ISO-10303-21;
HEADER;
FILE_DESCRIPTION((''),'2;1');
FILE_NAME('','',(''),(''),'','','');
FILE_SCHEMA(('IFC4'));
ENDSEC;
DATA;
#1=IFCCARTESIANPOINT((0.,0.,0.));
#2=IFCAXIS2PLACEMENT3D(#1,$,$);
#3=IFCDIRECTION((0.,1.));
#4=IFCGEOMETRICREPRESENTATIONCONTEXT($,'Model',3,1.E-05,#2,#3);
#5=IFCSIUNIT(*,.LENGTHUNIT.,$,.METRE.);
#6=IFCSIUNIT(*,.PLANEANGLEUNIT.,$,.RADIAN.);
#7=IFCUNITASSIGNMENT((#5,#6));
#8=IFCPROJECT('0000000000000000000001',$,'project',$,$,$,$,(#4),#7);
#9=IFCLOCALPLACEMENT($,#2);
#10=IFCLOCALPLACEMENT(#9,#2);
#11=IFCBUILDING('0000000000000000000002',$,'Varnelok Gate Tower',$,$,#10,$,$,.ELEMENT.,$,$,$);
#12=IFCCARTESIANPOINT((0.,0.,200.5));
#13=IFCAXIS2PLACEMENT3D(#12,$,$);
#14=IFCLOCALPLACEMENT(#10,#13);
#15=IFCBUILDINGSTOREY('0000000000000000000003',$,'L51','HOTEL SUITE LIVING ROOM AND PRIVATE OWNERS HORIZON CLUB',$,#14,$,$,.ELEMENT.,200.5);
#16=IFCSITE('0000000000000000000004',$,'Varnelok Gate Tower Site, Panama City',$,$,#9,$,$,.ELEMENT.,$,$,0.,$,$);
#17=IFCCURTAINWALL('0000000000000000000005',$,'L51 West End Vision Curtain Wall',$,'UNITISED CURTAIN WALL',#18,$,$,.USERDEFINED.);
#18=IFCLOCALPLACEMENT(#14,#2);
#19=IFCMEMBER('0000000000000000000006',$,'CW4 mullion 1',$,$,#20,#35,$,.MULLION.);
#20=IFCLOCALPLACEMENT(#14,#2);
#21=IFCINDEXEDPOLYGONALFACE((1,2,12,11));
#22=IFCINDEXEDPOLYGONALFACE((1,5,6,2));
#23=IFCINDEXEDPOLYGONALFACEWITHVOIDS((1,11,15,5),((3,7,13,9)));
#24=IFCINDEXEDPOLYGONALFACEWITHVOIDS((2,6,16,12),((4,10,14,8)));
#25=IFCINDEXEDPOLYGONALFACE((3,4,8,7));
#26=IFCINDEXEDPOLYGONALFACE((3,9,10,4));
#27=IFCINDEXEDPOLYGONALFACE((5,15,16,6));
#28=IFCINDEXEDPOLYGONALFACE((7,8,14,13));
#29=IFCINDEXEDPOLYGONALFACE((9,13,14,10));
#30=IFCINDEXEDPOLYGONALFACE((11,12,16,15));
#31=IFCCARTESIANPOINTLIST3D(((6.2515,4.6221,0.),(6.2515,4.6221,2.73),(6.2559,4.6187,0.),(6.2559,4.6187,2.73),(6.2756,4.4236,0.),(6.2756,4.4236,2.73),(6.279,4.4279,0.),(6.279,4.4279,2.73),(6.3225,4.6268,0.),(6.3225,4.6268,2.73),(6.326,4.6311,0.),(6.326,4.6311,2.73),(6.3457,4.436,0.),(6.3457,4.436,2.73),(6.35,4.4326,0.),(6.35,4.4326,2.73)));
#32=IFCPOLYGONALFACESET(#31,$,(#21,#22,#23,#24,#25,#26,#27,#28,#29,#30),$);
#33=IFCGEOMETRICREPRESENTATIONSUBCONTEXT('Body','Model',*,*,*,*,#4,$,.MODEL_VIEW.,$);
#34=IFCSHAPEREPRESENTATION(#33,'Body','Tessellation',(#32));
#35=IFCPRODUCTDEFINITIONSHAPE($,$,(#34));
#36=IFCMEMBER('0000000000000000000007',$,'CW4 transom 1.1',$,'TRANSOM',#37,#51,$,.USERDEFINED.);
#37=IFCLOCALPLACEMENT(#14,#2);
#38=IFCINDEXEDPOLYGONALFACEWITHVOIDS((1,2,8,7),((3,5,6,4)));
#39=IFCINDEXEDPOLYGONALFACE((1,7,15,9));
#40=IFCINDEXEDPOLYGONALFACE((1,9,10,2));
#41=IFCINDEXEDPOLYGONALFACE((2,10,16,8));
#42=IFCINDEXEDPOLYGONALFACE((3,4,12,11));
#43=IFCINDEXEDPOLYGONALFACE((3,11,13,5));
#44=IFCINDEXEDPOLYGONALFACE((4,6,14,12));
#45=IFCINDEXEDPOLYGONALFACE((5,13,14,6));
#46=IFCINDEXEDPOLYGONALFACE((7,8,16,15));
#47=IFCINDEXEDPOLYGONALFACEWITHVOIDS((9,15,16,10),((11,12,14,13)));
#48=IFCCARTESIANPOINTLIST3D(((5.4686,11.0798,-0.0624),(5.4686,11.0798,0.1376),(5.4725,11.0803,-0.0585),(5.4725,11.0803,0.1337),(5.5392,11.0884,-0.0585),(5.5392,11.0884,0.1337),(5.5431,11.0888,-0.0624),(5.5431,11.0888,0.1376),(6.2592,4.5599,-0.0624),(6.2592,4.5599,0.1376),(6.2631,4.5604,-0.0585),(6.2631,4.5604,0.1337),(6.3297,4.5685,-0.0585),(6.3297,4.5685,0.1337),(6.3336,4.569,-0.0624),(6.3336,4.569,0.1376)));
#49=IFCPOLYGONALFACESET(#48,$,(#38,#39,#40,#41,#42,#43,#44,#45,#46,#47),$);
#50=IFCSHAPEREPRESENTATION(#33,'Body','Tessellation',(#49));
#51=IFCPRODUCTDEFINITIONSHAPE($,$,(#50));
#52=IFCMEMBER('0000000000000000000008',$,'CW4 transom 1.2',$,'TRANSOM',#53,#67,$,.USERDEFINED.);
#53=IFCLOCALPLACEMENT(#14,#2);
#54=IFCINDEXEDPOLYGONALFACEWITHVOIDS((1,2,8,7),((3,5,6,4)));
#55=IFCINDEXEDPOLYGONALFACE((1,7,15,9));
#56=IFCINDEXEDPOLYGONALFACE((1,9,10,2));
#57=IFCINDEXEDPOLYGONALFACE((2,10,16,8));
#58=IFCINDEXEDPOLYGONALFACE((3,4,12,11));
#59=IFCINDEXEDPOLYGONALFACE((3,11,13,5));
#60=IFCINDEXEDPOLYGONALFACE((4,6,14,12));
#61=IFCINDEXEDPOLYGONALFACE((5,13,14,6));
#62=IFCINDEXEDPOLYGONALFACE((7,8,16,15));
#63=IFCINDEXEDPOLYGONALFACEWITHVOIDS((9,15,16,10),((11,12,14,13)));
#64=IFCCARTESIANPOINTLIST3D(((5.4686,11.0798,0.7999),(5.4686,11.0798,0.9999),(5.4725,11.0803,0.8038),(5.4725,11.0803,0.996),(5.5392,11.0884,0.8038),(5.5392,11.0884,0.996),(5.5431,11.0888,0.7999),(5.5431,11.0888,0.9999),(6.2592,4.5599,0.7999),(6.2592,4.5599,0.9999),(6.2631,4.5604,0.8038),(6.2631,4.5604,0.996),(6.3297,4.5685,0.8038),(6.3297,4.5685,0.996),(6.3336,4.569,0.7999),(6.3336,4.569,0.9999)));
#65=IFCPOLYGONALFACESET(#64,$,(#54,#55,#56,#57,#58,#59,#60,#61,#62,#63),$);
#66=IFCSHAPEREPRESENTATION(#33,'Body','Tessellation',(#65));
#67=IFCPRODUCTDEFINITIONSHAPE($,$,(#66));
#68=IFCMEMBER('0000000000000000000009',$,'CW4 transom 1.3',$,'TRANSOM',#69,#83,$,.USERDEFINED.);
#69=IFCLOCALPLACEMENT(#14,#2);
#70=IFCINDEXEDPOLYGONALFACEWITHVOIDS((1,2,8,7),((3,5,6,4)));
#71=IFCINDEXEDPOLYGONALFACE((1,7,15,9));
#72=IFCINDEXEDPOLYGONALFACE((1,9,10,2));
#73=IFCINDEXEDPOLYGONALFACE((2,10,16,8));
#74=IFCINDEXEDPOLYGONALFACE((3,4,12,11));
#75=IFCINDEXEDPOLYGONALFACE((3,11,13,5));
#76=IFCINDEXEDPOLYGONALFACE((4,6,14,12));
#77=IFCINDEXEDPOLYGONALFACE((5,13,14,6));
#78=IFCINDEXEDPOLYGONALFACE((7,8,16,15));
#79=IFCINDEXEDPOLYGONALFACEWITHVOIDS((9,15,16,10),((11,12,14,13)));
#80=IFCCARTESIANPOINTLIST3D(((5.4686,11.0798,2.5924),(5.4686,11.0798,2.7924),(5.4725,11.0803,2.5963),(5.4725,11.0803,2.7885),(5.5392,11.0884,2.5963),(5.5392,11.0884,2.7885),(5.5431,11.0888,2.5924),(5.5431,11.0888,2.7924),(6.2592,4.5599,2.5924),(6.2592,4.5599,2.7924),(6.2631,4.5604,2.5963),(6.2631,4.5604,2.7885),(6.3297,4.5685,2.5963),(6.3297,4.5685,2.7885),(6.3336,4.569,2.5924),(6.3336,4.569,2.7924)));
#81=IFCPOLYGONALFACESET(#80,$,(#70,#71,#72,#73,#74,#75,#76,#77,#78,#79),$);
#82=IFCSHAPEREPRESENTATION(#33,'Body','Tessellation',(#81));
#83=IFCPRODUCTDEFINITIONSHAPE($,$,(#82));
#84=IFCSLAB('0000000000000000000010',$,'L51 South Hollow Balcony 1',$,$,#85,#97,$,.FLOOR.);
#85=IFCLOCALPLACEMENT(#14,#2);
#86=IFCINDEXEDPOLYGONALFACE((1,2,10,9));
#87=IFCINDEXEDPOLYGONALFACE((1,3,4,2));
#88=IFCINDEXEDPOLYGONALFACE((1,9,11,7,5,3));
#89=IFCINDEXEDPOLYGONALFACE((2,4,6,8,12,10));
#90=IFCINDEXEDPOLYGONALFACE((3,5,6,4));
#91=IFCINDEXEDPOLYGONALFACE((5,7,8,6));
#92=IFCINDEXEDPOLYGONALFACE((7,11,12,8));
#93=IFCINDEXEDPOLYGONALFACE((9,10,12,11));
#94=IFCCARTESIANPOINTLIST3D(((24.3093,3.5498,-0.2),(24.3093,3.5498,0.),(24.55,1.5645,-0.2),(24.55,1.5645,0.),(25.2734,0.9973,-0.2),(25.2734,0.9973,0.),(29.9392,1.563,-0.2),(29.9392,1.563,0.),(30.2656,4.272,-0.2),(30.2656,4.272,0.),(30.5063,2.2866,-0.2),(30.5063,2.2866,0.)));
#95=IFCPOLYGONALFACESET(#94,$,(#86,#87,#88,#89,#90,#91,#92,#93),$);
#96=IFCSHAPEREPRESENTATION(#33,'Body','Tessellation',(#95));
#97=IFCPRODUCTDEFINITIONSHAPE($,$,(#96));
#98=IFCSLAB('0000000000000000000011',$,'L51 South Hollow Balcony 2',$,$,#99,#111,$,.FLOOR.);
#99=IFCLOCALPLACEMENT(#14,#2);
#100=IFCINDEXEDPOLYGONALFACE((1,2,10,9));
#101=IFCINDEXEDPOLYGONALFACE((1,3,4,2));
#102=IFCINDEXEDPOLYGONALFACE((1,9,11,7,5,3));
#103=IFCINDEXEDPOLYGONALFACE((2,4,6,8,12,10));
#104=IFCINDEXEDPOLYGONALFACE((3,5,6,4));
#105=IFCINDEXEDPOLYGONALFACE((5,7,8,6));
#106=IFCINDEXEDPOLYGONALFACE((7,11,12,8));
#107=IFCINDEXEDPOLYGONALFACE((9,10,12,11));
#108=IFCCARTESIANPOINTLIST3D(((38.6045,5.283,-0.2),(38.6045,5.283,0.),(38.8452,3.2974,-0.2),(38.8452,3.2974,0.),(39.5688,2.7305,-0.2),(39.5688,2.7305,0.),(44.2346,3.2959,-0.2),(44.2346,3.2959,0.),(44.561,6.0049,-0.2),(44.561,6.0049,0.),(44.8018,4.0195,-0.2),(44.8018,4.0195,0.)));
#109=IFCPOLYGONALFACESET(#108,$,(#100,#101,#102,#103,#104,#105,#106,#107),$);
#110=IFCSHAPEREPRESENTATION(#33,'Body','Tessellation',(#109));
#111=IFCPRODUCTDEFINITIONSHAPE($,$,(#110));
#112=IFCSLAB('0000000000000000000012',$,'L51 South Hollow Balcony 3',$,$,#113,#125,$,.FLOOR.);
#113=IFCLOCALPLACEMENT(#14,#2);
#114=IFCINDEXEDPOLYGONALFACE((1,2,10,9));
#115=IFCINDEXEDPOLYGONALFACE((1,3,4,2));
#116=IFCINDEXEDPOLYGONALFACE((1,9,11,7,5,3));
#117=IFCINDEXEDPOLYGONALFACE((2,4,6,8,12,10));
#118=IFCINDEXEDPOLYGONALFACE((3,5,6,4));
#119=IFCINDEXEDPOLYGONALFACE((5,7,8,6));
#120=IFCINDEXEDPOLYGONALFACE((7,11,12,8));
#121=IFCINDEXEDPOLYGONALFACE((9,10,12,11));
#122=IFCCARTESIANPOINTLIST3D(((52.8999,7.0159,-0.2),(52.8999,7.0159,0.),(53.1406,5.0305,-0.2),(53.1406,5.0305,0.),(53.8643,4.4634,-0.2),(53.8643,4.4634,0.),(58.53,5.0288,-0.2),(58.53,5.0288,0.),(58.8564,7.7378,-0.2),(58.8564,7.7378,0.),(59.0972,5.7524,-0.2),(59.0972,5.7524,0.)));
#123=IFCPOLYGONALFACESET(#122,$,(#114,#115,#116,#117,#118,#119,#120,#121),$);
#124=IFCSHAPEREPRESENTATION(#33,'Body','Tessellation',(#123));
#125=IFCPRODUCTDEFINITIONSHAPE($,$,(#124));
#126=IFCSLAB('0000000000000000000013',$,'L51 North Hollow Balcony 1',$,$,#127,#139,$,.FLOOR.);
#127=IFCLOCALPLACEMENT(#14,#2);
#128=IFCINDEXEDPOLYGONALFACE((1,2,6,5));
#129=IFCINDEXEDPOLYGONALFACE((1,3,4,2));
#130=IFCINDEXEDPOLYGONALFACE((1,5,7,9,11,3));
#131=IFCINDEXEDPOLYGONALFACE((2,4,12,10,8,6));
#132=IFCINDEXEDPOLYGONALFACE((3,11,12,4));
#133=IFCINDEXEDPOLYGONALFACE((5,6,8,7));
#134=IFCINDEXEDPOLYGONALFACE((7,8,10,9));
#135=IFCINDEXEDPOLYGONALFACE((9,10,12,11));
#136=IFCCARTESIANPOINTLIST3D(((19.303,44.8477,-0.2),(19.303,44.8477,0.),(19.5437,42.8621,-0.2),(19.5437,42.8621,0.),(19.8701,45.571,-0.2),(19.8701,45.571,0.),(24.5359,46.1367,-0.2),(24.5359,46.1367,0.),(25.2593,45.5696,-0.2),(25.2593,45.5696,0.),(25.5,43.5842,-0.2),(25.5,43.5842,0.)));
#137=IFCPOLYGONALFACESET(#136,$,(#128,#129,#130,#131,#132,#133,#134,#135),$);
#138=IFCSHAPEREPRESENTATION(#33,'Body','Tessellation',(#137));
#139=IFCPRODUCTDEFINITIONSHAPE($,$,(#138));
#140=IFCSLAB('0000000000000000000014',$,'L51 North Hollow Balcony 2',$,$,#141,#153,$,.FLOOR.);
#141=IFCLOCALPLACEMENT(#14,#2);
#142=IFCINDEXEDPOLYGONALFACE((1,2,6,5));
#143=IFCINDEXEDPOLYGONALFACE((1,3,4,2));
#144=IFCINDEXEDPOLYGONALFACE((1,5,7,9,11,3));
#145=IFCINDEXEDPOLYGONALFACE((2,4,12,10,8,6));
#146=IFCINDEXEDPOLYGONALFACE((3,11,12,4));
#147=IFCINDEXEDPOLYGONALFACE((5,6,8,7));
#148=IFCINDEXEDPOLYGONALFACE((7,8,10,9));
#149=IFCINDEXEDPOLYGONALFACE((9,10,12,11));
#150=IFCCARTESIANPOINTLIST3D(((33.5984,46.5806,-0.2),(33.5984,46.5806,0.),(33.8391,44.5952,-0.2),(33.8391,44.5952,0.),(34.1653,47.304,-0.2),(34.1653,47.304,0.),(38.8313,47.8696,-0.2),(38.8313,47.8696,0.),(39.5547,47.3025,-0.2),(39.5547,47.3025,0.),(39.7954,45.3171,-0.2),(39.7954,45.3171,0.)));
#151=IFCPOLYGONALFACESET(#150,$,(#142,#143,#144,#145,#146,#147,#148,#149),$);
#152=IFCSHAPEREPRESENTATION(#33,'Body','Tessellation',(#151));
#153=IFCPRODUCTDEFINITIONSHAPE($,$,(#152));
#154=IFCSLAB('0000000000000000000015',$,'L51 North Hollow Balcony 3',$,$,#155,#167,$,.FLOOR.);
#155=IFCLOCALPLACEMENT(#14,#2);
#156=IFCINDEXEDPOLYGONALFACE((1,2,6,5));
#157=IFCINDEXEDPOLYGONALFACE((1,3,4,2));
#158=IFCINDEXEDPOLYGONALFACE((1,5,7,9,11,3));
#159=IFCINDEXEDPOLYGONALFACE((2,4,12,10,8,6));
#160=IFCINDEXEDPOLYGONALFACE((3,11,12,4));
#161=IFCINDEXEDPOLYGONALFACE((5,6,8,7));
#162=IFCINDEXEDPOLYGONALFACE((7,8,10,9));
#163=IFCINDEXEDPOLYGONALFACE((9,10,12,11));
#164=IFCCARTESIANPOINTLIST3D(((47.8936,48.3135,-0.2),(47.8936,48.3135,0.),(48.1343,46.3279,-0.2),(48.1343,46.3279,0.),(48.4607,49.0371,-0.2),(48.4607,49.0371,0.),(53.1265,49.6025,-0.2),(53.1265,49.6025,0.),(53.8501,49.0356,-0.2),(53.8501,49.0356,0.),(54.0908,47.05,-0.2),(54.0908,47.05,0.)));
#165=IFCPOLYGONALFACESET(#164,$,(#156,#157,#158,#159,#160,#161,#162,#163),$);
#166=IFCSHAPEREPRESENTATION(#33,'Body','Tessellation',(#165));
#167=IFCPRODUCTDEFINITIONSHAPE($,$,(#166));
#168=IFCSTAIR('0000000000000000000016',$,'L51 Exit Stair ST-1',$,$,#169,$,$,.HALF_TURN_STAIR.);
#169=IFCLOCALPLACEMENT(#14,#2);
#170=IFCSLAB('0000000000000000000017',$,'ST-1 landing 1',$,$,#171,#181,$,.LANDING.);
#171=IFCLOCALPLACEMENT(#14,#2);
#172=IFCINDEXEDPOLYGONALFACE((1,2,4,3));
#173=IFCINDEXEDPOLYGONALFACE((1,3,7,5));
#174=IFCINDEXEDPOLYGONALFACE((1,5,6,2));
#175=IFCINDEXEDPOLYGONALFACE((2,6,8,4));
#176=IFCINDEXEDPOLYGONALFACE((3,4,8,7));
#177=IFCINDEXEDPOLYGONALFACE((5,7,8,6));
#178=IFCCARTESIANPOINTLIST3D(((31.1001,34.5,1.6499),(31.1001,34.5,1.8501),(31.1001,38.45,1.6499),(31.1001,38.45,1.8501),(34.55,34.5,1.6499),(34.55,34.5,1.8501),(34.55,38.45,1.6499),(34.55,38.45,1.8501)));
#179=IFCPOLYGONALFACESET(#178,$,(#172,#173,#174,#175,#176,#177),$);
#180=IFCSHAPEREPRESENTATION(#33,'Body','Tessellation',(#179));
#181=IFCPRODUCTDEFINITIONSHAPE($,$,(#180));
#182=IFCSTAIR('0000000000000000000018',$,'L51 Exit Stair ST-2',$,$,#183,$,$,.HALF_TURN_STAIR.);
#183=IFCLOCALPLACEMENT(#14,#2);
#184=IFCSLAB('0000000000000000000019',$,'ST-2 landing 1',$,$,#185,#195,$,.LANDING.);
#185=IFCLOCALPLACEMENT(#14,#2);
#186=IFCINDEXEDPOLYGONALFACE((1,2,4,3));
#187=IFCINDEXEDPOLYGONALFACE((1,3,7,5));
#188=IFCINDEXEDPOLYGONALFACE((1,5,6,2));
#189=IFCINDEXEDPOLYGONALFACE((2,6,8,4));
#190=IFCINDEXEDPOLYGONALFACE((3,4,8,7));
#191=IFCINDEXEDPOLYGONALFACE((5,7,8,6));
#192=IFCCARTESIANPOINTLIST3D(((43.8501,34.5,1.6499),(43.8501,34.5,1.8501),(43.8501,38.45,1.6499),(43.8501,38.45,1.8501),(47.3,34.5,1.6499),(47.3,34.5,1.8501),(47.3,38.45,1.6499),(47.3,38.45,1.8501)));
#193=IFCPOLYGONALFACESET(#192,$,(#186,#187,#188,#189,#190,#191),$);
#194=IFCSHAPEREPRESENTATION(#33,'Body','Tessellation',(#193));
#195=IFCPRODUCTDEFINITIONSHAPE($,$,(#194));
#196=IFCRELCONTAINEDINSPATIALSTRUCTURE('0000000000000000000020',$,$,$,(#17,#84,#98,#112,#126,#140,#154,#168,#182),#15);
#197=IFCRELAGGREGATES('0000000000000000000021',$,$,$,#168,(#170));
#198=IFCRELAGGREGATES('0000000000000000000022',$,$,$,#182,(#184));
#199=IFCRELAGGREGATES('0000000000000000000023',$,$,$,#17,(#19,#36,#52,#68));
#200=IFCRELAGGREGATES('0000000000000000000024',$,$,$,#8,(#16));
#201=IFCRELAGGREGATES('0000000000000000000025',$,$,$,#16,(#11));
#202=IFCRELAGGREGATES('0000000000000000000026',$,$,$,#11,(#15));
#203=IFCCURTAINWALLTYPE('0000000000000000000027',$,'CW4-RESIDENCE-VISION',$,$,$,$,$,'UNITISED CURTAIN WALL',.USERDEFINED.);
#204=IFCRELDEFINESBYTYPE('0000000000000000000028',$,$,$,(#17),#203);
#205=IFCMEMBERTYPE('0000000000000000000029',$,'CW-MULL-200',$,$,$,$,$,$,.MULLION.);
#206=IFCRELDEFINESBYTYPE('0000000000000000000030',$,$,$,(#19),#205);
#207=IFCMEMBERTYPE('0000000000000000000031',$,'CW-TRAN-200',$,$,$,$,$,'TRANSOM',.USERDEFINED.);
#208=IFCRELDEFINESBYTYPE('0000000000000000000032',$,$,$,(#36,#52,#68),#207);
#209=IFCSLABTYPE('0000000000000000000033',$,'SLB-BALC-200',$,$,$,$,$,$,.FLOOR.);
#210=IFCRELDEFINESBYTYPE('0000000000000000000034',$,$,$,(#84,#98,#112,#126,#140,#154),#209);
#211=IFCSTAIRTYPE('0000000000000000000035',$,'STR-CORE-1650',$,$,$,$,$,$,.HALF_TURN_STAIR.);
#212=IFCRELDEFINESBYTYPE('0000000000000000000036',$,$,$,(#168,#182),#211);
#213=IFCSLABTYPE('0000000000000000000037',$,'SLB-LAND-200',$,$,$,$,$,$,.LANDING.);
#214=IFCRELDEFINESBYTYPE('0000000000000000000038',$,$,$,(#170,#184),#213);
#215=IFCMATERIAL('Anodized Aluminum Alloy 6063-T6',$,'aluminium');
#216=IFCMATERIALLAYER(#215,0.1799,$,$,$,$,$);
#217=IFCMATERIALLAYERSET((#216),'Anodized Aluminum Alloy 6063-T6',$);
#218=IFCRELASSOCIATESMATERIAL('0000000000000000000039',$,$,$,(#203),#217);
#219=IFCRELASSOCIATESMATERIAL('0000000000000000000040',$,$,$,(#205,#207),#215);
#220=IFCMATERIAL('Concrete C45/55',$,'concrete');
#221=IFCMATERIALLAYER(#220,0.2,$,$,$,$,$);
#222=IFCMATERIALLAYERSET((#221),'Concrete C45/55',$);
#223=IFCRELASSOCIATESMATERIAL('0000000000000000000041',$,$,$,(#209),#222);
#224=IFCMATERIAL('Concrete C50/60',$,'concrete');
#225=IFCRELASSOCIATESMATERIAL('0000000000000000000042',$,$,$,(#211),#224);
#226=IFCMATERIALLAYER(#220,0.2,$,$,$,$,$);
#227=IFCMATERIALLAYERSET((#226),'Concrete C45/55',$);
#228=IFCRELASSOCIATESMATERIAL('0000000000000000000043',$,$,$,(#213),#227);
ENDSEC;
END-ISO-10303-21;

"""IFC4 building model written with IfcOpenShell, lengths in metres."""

from ifc_helpers import new_model, si_unit, direction, frame, origin, origin_2d, place, context, subcontext, project, spatial, polyline, hollow_rectangle, outline, extrude, material, layer, layer_set, material_profile, profile_set, type_object, element, aggregate, save


model = new_model("IFC4")

# Units and contexts
model_context = context("Model", 3, precision=1e-05, world=origin(), true_north=direction((0.0, 1.0)))
body_context = subcontext(model_context, "Body", "Model", "MODEL_VIEW")
ifc_project = project(units=[si_unit("LENGTHUNIT", "METRE"), si_unit("PLANEANGLEUNIT", "RADIAN")], contexts=[model_context])

# Site, building, storey
site_placement = place(None, origin())
site = spatial("IfcSite", under=ifc_project, at=site_placement, Name="Varnelok Gate Tower Site, Panama City", CompositionType="ELEMENT", RefElevation=0.0)
building_placement = place(site_placement, origin())
building = spatial("IfcBuilding", under=site, at=building_placement, Name="Varnelok Gate Tower", CompositionType="ELEMENT")
storey_placement = place(building_placement, frame((0.0, 0.0, 200.5)))
storey = spatial("IfcBuildingStorey", under=building, at=storey_placement, Name="L51", Description="HOTEL SUITE LIVING ROOM AND PRIVATE OWNERS HORIZON CLUB", CompositionType="ELEMENT", Elevation=200.5)

# Curtain wall, members
ifc_material_1 = material(Name="Anodized Aluminum Alloy 6063-T6", Category="aluminium")
ifc_layer_1 = layer(ifc_material_1, 0.1799)
ifc_layer_set_1 = layer_set([ifc_layer_1], Name="Anodized Aluminum Alloy 6063-T6")
curtain_wall_type = type_object("IfcCurtainWallType", Name="CW4-RESIDENCE-VISION", ElementType="UNITISED CURTAIN WALL", PredefinedType="USERDEFINED", material=ifc_layer_set_1)
curtain_wall_placement = place(storey_placement, origin())
curtain_wall = element("IfcCurtainWall", 1, at=curtain_wall_placement, inside=storey, type_object=curtain_wall_type, Name="L51 West End Vision Curtain Wall", ObjectType="UNITISED CURTAIN WALL", PredefinedType="USERDEFINED")
ifc_material_profile_1 = material_profile(ifc_material_1, hollow_rectangle(XDim=0.075, YDim=0.2, WallThickness=0.0039, at=origin_2d()), Name="ALU200X75X4")
ifc_profile_set_1 = profile_set([ifc_material_profile_1], Name="Anodized Aluminum Alloy 6063-T6")
member_type_1 = type_object("IfcMemberType", Name="CW-MULL-200", PredefinedType="MULLION", material=ifc_profile_set_1)
member_1_placement = place(storey_placement, frame((6.3008, 4.5273, 0.0), z_axis=(0.0, 0.0, 1.0), x_axis=(-0.992732, -0.120345, 0.0)))
member_1 = element("IfcMember", 2, at=member_1_placement, type_object=member_type_1, Name="CW4 mullion 1", PredefinedType="MULLION", context=body_context, shape_type="SweptSolid", body=[
    extrude(hollow_rectangle(XDim=0.075, YDim=0.2, WallThickness=0.0039, at=origin_2d()), origin(), (0.0, 0.0, 1.0), 2.73),
])
ifc_material_profile_2 = material_profile(ifc_material_1, hollow_rectangle(XDim=0.075, YDim=0.2, WallThickness=0.0039, at=origin_2d()), Name="ALU200X75X4")
ifc_profile_set_2 = profile_set([ifc_material_profile_2], Name="Anodized Aluminum Alloy 6063-T6")
member_type_2 = type_object("IfcMemberType", Name="CW-TRAN-200", ElementType="TRANSOM", PredefinedType="USERDEFINED", material=ifc_profile_set_2)
member_2_placement = place(storey_placement, frame((6.2964, 4.5645, 0.0376), z_axis=(-0.120369, 0.992729, 0.0), x_axis=(-0.992729, -0.120369, 0.0)))
member_2 = element("IfcMember", 3, at=member_2_placement, type_object=member_type_2, Name="CW4 transom 1.1", ObjectType="TRANSOM", PredefinedType="USERDEFINED", context=body_context, shape_type="SweptSolid", body=[
    extrude(hollow_rectangle(XDim=0.075, YDim=0.2, WallThickness=0.0039, at=origin_2d()), origin(), (0.0, 0.0, 1.0), 6.5676),
])
member_3_placement = place(storey_placement, frame((6.2964, 4.5645, 0.8999), z_axis=(-0.120369, 0.992729, 0.0), x_axis=(-0.992729, -0.120369, 0.0)))
member_3 = element("IfcMember", 4, at=member_3_placement, type_object=member_type_2, Name="CW4 transom 1.2", ObjectType="TRANSOM", PredefinedType="USERDEFINED", context=body_context, shape_type="SweptSolid", body=[
    extrude(hollow_rectangle(XDim=0.075, YDim=0.2, WallThickness=0.0039, at=origin_2d()), origin(), (0.0, 0.0, 1.0), 6.5676),
])
member_4_placement = place(storey_placement, frame((6.2964, 4.5645, 2.6924), z_axis=(-0.120369, 0.992729, 0.0), x_axis=(-0.992729, -0.120369, 0.0)))
member_4 = element("IfcMember", 5, at=member_4_placement, type_object=member_type_2, Name="CW4 transom 1.3", ObjectType="TRANSOM", PredefinedType="USERDEFINED", context=body_context, shape_type="SweptSolid", body=[
    extrude(hollow_rectangle(XDim=0.075, YDim=0.2, WallThickness=0.0039, at=origin_2d()), origin(), (0.0, 0.0, 1.0), 6.5676),
])

# Slabs
ifc_material_2 = material(Name="Concrete C45/55", Category="concrete")
ifc_layer_2 = layer(ifc_material_2, 0.2)
ifc_layer_set_2 = layer_set([ifc_layer_2], Name="Concrete C45/55")
slab_type_1 = type_object("IfcSlabType", Name="SLB-BALC-200", PredefinedType="FLOOR", material=ifc_layer_set_2)
slab_1_placement = place(storey_placement, frame((0.0, 0.0, -0.2)))
element("IfcSlab", 6, at=slab_1_placement, inside=storey, type_object=slab_type_1, Name="L51 South Hollow Balcony 1", PredefinedType="FLOOR", context=body_context, shape_type="SweptSolid", body=[
    extrude(outline(polyline([(24.55, 1.5645), (25.2734, 0.9973), (29.9392, 1.563), (30.5063, 2.2866), (30.2656, 4.272), (24.3093, 3.5498), (24.55, 1.5645)])), origin(), (0.0, 0.0, 1.0), 0.2),
])
slab_2_placement = place(storey_placement, frame((0.0, 0.0, -0.2)))
element("IfcSlab", 7, at=slab_2_placement, inside=storey, type_object=slab_type_1, Name="L51 South Hollow Balcony 2", PredefinedType="FLOOR", context=body_context, shape_type="SweptSolid", body=[
    extrude(outline(polyline([(38.8452, 3.2974), (39.5688, 2.7305), (44.2346, 3.2959), (44.8018, 4.0195), (44.561, 6.0049), (38.6045, 5.283), (38.8452, 3.2974)])), origin(), (0.0, 0.0, 1.0), 0.2),
])
slab_3_placement = place(storey_placement, frame((0.0, 0.0, -0.2)))
element("IfcSlab", 8, at=slab_3_placement, inside=storey, type_object=slab_type_1, Name="L51 South Hollow Balcony 3", PredefinedType="FLOOR", context=body_context, shape_type="SweptSolid", body=[
    extrude(outline(polyline([(53.1406, 5.0305), (53.8643, 4.4634), (58.53, 5.0288), (59.0972, 5.7524), (58.8564, 7.7378), (52.8999, 7.0159), (53.1406, 5.0305)])), origin(), (0.0, 0.0, 1.0), 0.2),
])
slab_4_placement = place(storey_placement, frame((0.0, 0.0, -0.2)))
element("IfcSlab", 9, at=slab_4_placement, inside=storey, type_object=slab_type_1, Name="L51 North Hollow Balcony 1", PredefinedType="FLOOR", context=body_context, shape_type="SweptSolid", body=[
    extrude(outline(polyline([(19.5437, 42.8621), (25.5, 43.5842), (25.2593, 45.5696), (24.5359, 46.1367), (19.8701, 45.571), (19.303, 44.8477), (19.5437, 42.8621)])), origin(), (0.0, 0.0, 1.0), 0.2),
])
slab_5_placement = place(storey_placement, frame((0.0, 0.0, -0.2)))
element("IfcSlab", 10, at=slab_5_placement, inside=storey, type_object=slab_type_1, Name="L51 North Hollow Balcony 2", PredefinedType="FLOOR", context=body_context, shape_type="SweptSolid", body=[
    extrude(outline(polyline([(33.8391, 44.5952), (39.7954, 45.3171), (39.5547, 47.3025), (38.8313, 47.8696), (34.1653, 47.304), (33.5984, 46.5806), (33.8391, 44.5952)])), origin(), (0.0, 0.0, 1.0), 0.2),
])
slab_6_placement = place(storey_placement, frame((0.0, 0.0, -0.2)))
element("IfcSlab", 11, at=slab_6_placement, inside=storey, type_object=slab_type_1, Name="L51 North Hollow Balcony 3", PredefinedType="FLOOR", context=body_context, shape_type="SweptSolid", body=[
    extrude(outline(polyline([(48.1343, 46.3279), (54.0908, 47.05), (53.8501, 49.0356), (53.1265, 49.6025), (48.4607, 49.0371), (47.8936, 48.3135), (48.1343, 46.3279)])), origin(), (0.0, 0.0, 1.0), 0.2),
])

# Stairs, slabs
ifc_material_3 = material(Name="Concrete C50/60", Category="concrete")
stair_type = type_object("IfcStairType", Name="STR-CORE-1650", PredefinedType="HALF_TURN_STAIR", material=ifc_material_3)
stair_1_placement = place(storey_placement, origin())
stair_1 = element("IfcStair", 12, at=stair_1_placement, inside=storey, type_object=stair_type, Name="L51 Exit Stair ST-1", PredefinedType="HALF_TURN_STAIR")
ifc_layer_3 = layer(ifc_material_2, 0.2)
ifc_layer_set_3 = layer_set([ifc_layer_3], Name="Concrete C45/55")
slab_type_2 = type_object("IfcSlabType", Name="SLB-LAND-200", PredefinedType="LANDING", material=ifc_layer_set_3)
slab_7_placement = place(storey_placement, frame((0.0, 0.0, 1.6499)))
slab_7 = element("IfcSlab", 13, at=slab_7_placement, type_object=slab_type_2, Name="ST-1 landing 1", PredefinedType="LANDING", context=body_context, shape_type="SweptSolid", body=[
    extrude(outline(polyline([(34.55, 34.5), (34.55, 38.45), (31.1001, 38.45), (31.1001, 34.5), (34.55, 34.5)])), origin(), (0.0, 0.0, 1.0), 0.2002),
])
aggregate(stair_1, [slab_7])
stair_2_placement = place(storey_placement, origin())
stair_2 = element("IfcStair", 14, at=stair_2_placement, inside=storey, type_object=stair_type, Name="L51 Exit Stair ST-2", PredefinedType="HALF_TURN_STAIR")
slab_8_placement = place(storey_placement, frame((0.0, 0.0, 1.6499)))
slab_8 = element("IfcSlab", 15, at=slab_8_placement, type_object=slab_type_2, Name="ST-2 landing 1", PredefinedType="LANDING", context=body_context, shape_type="SweptSolid", body=[
    extrude(outline(polyline([(47.3, 34.5), (47.3, 38.45), (43.8501, 38.45), (43.8501, 34.5), (47.3, 34.5)])), origin(), (0.0, 0.0, 1.0), 0.2002),
])
aggregate(stair_2, [slab_8])

aggregate(curtain_wall, [member_1, member_2, member_3, member_4])

save(model, "model.ifc")
